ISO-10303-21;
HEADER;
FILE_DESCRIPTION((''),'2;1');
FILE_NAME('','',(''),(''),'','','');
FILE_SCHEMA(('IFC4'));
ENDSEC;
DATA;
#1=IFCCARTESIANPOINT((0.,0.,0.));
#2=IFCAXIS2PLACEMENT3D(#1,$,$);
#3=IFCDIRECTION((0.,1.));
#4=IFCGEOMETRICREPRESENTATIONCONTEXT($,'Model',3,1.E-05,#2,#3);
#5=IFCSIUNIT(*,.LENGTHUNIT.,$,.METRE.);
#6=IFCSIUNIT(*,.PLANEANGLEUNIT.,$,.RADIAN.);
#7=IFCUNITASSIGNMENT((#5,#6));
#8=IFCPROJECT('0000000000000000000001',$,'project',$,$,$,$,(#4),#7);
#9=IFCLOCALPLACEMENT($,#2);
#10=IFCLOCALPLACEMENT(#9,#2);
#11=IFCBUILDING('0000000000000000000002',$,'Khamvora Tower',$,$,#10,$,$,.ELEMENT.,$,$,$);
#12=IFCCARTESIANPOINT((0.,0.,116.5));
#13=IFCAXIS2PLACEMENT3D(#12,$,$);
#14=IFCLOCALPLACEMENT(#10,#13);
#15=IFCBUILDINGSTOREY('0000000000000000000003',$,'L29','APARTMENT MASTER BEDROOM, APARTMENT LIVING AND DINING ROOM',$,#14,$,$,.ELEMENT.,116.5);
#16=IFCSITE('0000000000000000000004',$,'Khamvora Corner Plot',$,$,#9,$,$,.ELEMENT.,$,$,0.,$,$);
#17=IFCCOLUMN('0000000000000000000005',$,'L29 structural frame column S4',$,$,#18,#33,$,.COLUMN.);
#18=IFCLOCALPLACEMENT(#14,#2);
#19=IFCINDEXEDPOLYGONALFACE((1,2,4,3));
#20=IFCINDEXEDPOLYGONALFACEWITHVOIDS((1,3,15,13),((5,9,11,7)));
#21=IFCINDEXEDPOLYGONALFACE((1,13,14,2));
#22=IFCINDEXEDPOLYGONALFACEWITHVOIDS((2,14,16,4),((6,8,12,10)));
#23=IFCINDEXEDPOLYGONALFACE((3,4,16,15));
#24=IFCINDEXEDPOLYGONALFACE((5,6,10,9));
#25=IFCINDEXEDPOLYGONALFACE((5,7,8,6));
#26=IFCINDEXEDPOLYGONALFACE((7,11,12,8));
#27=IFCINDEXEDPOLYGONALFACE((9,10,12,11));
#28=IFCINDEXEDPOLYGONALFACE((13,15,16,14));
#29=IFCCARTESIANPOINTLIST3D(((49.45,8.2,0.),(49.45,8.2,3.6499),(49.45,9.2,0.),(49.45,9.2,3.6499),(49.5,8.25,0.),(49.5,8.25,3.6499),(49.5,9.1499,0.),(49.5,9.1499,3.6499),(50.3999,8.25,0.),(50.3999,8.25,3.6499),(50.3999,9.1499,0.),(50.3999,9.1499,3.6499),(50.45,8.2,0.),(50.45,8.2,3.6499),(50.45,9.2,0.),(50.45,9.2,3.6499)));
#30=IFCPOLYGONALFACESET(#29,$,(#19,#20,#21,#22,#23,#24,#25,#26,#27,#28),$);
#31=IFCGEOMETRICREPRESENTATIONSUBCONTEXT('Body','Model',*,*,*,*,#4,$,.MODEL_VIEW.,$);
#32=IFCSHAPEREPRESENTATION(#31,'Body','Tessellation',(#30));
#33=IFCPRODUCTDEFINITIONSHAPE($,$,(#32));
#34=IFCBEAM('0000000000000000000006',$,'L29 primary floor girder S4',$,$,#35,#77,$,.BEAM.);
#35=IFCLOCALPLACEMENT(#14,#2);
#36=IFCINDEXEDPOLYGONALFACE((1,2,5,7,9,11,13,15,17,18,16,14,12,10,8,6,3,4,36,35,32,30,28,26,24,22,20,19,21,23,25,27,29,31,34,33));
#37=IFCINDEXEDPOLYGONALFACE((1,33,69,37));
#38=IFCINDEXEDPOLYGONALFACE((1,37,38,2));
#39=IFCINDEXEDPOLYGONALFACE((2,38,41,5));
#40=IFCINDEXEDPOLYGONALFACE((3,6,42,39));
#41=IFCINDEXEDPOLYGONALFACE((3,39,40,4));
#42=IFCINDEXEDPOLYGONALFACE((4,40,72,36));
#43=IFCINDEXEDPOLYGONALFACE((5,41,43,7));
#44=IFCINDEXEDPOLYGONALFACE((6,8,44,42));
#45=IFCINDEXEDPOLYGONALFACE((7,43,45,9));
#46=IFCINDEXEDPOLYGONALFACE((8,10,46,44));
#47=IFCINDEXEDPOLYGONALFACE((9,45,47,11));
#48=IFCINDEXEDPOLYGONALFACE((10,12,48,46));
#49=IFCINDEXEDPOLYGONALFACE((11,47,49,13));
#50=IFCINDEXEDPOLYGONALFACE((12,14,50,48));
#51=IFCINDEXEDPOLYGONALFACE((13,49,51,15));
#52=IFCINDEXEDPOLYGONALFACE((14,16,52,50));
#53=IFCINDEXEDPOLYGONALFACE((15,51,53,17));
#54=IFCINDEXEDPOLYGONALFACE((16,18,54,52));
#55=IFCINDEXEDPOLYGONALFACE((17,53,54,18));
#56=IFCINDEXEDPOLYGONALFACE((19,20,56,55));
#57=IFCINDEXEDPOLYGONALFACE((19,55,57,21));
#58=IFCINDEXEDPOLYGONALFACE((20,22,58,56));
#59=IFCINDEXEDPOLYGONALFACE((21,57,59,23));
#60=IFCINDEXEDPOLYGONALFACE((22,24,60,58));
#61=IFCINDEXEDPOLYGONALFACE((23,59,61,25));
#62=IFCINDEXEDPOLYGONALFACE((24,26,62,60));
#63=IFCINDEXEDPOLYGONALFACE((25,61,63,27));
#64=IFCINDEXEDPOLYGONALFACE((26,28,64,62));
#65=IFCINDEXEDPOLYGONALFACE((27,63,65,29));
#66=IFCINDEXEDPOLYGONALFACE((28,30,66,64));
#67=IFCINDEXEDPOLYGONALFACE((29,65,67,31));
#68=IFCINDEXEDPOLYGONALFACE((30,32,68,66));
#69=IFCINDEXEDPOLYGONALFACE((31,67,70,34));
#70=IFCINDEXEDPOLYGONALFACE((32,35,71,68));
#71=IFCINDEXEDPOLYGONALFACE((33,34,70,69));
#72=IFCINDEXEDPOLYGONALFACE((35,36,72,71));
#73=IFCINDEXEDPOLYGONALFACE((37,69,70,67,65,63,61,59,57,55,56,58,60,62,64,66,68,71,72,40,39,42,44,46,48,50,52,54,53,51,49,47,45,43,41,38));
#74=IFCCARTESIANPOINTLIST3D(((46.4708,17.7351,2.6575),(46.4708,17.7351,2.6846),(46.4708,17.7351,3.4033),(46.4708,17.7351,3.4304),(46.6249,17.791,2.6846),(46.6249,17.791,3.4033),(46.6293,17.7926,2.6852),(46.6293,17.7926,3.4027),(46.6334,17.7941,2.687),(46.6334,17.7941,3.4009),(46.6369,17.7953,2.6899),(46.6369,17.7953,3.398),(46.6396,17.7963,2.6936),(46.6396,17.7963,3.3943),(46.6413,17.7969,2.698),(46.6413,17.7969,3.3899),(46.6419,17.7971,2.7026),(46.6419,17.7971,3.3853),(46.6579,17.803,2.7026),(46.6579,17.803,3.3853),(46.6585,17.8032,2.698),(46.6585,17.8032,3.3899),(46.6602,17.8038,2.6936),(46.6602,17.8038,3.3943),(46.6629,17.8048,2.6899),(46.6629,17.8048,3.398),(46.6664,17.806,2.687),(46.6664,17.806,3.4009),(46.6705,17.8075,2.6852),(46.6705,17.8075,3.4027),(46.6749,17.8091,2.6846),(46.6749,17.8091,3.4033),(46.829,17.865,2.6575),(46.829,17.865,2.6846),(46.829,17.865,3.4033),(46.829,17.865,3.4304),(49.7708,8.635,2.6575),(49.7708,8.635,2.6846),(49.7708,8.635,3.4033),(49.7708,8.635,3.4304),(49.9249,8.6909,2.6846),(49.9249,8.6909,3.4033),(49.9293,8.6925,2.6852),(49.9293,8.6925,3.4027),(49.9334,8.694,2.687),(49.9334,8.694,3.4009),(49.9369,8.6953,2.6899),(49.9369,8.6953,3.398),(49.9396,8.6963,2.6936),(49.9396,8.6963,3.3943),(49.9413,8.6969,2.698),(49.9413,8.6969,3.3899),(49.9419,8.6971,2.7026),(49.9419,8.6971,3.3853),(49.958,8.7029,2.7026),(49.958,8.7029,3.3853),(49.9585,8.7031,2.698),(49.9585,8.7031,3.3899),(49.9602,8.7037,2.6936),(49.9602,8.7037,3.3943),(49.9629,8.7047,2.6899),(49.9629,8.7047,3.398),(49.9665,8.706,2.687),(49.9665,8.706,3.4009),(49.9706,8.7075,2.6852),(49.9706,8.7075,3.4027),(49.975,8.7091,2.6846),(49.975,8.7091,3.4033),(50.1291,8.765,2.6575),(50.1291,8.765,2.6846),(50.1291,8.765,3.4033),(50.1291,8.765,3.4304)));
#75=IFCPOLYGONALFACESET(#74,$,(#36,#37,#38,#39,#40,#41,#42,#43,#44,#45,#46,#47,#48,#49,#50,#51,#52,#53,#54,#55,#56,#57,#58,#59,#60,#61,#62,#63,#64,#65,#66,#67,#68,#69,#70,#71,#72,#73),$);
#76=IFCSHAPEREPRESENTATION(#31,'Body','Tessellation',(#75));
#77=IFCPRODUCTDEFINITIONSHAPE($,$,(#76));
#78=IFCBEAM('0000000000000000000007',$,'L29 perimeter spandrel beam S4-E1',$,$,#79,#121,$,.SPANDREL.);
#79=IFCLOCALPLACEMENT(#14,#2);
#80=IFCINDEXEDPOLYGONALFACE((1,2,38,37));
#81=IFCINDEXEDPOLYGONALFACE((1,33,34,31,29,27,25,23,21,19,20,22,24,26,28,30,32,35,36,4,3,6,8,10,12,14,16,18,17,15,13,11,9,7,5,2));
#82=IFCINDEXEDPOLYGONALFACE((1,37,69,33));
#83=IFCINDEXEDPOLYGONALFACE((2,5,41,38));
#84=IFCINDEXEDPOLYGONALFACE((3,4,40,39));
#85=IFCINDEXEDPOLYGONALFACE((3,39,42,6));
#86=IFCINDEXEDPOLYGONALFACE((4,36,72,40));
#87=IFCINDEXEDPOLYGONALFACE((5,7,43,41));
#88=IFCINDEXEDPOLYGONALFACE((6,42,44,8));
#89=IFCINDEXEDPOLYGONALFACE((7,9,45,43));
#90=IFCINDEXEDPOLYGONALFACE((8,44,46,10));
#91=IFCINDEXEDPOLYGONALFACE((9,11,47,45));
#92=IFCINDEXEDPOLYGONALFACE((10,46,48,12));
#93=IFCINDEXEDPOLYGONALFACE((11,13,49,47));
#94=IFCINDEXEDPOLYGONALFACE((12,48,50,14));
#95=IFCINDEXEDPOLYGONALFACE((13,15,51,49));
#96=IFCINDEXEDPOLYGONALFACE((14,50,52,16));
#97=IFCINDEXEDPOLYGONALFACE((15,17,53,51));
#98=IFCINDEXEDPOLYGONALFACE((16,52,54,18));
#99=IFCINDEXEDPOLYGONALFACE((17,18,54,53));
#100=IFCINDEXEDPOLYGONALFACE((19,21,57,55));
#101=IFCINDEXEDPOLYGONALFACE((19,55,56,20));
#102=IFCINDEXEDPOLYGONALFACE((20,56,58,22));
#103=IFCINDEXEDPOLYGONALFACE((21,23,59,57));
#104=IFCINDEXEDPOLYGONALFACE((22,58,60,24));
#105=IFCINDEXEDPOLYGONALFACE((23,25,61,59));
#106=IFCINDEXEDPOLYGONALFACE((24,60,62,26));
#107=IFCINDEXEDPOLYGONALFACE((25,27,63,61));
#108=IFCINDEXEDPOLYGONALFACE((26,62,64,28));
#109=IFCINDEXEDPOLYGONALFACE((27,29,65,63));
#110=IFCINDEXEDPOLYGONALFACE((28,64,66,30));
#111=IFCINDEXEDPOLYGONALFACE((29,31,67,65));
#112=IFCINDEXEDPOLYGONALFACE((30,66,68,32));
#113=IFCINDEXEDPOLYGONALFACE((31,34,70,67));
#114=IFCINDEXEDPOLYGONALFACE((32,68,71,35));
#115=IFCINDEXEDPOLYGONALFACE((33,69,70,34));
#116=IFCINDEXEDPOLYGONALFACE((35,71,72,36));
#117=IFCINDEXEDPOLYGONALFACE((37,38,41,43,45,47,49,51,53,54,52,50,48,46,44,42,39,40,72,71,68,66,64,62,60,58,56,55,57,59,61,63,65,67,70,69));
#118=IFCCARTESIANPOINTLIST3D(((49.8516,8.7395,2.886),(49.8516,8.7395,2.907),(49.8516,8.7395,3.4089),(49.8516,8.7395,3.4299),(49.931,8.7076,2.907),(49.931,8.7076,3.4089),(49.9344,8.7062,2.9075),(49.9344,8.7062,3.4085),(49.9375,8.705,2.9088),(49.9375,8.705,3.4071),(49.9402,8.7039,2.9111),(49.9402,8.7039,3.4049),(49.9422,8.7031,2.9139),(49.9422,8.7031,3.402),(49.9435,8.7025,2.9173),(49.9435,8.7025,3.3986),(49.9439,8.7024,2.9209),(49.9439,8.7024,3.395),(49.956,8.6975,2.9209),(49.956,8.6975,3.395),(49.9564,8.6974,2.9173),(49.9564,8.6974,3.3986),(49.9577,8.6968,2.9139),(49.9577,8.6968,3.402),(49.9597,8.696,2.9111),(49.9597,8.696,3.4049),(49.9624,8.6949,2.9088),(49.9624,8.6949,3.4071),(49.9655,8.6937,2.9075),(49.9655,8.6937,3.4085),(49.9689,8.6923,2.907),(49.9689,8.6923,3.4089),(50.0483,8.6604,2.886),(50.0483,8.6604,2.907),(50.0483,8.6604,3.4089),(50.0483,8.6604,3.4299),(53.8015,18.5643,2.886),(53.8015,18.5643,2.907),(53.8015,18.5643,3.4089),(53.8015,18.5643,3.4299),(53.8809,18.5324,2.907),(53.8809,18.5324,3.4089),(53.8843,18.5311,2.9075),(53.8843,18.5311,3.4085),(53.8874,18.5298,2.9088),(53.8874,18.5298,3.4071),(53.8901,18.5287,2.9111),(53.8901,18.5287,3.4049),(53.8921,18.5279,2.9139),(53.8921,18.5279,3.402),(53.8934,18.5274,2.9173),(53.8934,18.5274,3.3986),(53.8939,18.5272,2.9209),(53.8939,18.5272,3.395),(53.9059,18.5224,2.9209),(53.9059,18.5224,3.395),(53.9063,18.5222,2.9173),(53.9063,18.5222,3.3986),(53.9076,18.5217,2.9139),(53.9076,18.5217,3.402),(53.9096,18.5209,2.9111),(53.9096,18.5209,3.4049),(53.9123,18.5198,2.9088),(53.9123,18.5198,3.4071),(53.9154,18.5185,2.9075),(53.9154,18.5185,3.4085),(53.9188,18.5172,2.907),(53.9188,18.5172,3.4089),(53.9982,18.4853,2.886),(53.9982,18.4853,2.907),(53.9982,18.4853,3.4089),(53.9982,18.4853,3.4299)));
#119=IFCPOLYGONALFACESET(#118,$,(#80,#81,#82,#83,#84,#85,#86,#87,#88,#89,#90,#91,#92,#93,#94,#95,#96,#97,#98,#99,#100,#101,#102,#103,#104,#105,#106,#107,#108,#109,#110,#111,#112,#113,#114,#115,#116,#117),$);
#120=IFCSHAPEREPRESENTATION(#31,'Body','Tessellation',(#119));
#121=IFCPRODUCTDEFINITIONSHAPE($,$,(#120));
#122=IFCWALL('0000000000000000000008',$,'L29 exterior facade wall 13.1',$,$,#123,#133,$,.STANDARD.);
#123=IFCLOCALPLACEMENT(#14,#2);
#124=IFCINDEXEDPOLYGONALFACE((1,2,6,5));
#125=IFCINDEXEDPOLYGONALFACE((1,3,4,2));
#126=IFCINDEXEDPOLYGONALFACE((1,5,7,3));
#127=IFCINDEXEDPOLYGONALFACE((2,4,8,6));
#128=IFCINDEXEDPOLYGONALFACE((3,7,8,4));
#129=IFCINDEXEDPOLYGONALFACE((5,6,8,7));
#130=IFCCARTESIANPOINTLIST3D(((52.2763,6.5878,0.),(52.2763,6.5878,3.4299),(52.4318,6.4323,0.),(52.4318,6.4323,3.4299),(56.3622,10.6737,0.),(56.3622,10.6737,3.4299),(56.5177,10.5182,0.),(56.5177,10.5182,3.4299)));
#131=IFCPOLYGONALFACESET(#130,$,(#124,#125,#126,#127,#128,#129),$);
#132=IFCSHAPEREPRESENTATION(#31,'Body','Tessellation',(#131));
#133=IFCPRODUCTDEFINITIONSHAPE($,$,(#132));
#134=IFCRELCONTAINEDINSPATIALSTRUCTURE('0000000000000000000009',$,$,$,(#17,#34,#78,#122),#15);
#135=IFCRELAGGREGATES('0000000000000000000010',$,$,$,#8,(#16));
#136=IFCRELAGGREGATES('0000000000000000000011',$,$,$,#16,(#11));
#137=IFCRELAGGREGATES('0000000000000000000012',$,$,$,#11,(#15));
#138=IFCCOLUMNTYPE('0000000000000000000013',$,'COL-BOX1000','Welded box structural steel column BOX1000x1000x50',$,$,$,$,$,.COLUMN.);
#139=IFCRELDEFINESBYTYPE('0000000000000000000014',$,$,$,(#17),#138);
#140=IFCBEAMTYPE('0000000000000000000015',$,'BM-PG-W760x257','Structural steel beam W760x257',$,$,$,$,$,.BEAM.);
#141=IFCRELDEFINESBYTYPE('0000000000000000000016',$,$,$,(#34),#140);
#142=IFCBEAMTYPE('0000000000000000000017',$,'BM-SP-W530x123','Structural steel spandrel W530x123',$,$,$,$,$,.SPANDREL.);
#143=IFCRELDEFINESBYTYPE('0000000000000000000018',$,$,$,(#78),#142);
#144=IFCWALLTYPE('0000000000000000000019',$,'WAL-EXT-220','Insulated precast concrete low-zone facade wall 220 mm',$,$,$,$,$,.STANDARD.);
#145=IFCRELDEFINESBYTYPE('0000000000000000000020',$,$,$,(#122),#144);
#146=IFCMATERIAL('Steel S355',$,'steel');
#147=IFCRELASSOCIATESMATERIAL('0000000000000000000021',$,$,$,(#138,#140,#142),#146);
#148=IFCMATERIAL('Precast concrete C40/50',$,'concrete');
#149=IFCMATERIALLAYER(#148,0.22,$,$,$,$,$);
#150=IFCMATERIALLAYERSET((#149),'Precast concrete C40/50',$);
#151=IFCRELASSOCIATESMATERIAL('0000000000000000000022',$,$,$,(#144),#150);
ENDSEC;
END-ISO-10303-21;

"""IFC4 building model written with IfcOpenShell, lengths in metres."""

from ifc_helpers import new_model, si_unit, direction, frame, frame_2d, origin, origin_2d, place, context, subcontext, project, spatial, rectangle, hollow_rectangle, i_section, extrude, material, layer, layer_set, material_profile, profile_set, type_object, element, save


model = new_model("IFC4")

# Units and contexts
model_context = context("Model", 3, precision=1e-05, world=origin(), true_north=direction((0.0, 1.0)))
body_context = subcontext(model_context, "Body", "Model", "MODEL_VIEW")
ifc_project = project(units=[si_unit("LENGTHUNIT", "METRE"), si_unit("PLANEANGLEUNIT", "RADIAN")], contexts=[model_context])

# Site, building, storey
site_placement = place(None, origin())
site = spatial("IfcSite", under=ifc_project, at=site_placement, Name="Khamvora Corner Plot", CompositionType="ELEMENT", RefElevation=0.0)
building_placement = place(site_placement, origin())
building = spatial("IfcBuilding", under=site, at=building_placement, Name="Khamvora Tower", CompositionType="ELEMENT")
storey_placement = place(building_placement, frame((0.0, 0.0, 116.5)))
storey = spatial("IfcBuildingStorey", under=building, at=storey_placement, Name="L29", Description="APARTMENT MASTER BEDROOM, APARTMENT LIVING AND DINING ROOM", CompositionType="ELEMENT", Elevation=116.5)

# Column
ifc_material_1 = material(Name="Steel S355", Category="steel")
ifc_material_profile_1 = material_profile(ifc_material_1, hollow_rectangle(XDim=1.0, YDim=1.0, WallThickness=0.05, at=origin_2d()), Name="BOX1000x1000x50")
ifc_profile_set_1 = profile_set([ifc_material_profile_1], Name="Steel S355")
column_type = type_object("IfcColumnType", Name="COL-BOX1000", Description="Welded box structural steel column BOX1000x1000x50", PredefinedType="COLUMN", material=ifc_profile_set_1)
column_placement = place(storey_placement, frame((49.95, 8.7, 0.0), z_axis=(0.0, 0.0, 1.0), x_axis=(1.0, 0.0, 0.0)))
element("IfcColumn", 1, at=column_placement, inside=storey, type_object=column_type, Name="L29 structural frame column S4", PredefinedType="COLUMN", context=body_context, shape_type="SweptSolid", body=[
    extrude(hollow_rectangle(XDim=1.0, YDim=1.0, WallThickness=0.05, at=origin_2d()), origin(), (0.0, 0.0, 1.0), 3.6499),
])

# Beams
ifc_material_profile_2 = material_profile(ifc_material_1, i_section(OverallWidth=0.3811, OverallDepth=0.7729, WebThickness=0.0171, FlangeThickness=0.0271, FilletRadius=0.0181, at=origin_2d()), Name="W760x257")
ifc_profile_set_2 = profile_set([ifc_material_profile_2], Name="Steel S355")
beam_type_1 = type_object("IfcBeamType", Name="BM-PG-W760x257", Description="Structural steel beam W760x257", PredefinedType="BEAM", material=ifc_profile_set_2)
beam_1_placement = place(storey_placement, frame((46.6499, 17.8, 3.0439), z_axis=(0.340915, -0.940094, 0.0), x_axis=(0.940094, 0.340915, 0.0)))
element("IfcBeam", 2, at=beam_1_placement, inside=storey, type_object=beam_type_1, Name="L29 primary floor girder S4", PredefinedType="BEAM", context=body_context, shape_type="SweptSolid", body=[
    extrude(i_section(OverallWidth=0.3811, OverallDepth=0.7729, WebThickness=0.0171, FlangeThickness=0.0271, FilletRadius=0.0181, at=origin_2d()), origin(), (0.0, 0.0, 1.0), 9.6799),
])
ifc_material_profile_3 = material_profile(ifc_material_1, i_section(OverallWidth=0.2119, OverallDepth=0.5439, WebThickness=0.0129, FlangeThickness=0.021, FilletRadius=0.0139, at=origin_2d()), Name="W530x123")
ifc_profile_set_3 = profile_set([ifc_material_profile_3], Name="Steel S355")
beam_type_2 = type_object("IfcBeamType", Name="BM-SP-W530x123", Description="Structural steel spandrel W530x123", PredefinedType="SPANDREL", material=ifc_profile_set_3)
beam_2_placement = place(storey_placement, frame((49.95, 8.7, 3.158), z_axis=(0.373016, 0.927825, 0.0), x_axis=(-0.927825, 0.373016, 0.0)))
element("IfcBeam", 3, at=beam_2_placement, inside=storey, type_object=beam_type_2, Name="L29 perimeter spandrel beam S4-E1", PredefinedType="SPANDREL", context=body_context, shape_type="SweptSolid", body=[
    extrude(i_section(OverallWidth=0.2119, OverallDepth=0.5439, WebThickness=0.0129, FlangeThickness=0.021, FilletRadius=0.0139, at=origin_2d()), origin(), (0.0, 0.0, 1.0), 10.5891),
])

# Wall
ifc_material_2 = material(Name="Precast concrete C40/50", Category="concrete")
ifc_layer_1 = layer(ifc_material_2, 0.22)
ifc_layer_set_1 = layer_set([ifc_layer_1], Name="Precast concrete C40/50")
wall_type_1 = type_object("IfcWallType", Name="WAL-EXT-220", Description="Insulated precast concrete low-zone facade wall 220 mm", PredefinedType="STANDARD", material=ifc_layer_set_1)
wall_1_placement = place(storey_placement, frame((56.4399, 10.5959, 0.0), z_axis=(0.0, 0.0, 1.0), x_axis=(-0.707107, -0.707107, 0.0)))
element("IfcWall", 4, at=wall_1_placement, inside=storey, type_object=wall_type_1, Name="L29 exterior facade wall 13.1", PredefinedType="STANDARD", context=body_context, shape_type="SweptSolid", body=[
    extrude(rectangle(XDim=5.7783, YDim=0.22, at=frame_2d((2.8892, 0.0))), origin(), (0.0, 0.0, 1.0), 3.4299),
])

save(model, "model.ifc")
